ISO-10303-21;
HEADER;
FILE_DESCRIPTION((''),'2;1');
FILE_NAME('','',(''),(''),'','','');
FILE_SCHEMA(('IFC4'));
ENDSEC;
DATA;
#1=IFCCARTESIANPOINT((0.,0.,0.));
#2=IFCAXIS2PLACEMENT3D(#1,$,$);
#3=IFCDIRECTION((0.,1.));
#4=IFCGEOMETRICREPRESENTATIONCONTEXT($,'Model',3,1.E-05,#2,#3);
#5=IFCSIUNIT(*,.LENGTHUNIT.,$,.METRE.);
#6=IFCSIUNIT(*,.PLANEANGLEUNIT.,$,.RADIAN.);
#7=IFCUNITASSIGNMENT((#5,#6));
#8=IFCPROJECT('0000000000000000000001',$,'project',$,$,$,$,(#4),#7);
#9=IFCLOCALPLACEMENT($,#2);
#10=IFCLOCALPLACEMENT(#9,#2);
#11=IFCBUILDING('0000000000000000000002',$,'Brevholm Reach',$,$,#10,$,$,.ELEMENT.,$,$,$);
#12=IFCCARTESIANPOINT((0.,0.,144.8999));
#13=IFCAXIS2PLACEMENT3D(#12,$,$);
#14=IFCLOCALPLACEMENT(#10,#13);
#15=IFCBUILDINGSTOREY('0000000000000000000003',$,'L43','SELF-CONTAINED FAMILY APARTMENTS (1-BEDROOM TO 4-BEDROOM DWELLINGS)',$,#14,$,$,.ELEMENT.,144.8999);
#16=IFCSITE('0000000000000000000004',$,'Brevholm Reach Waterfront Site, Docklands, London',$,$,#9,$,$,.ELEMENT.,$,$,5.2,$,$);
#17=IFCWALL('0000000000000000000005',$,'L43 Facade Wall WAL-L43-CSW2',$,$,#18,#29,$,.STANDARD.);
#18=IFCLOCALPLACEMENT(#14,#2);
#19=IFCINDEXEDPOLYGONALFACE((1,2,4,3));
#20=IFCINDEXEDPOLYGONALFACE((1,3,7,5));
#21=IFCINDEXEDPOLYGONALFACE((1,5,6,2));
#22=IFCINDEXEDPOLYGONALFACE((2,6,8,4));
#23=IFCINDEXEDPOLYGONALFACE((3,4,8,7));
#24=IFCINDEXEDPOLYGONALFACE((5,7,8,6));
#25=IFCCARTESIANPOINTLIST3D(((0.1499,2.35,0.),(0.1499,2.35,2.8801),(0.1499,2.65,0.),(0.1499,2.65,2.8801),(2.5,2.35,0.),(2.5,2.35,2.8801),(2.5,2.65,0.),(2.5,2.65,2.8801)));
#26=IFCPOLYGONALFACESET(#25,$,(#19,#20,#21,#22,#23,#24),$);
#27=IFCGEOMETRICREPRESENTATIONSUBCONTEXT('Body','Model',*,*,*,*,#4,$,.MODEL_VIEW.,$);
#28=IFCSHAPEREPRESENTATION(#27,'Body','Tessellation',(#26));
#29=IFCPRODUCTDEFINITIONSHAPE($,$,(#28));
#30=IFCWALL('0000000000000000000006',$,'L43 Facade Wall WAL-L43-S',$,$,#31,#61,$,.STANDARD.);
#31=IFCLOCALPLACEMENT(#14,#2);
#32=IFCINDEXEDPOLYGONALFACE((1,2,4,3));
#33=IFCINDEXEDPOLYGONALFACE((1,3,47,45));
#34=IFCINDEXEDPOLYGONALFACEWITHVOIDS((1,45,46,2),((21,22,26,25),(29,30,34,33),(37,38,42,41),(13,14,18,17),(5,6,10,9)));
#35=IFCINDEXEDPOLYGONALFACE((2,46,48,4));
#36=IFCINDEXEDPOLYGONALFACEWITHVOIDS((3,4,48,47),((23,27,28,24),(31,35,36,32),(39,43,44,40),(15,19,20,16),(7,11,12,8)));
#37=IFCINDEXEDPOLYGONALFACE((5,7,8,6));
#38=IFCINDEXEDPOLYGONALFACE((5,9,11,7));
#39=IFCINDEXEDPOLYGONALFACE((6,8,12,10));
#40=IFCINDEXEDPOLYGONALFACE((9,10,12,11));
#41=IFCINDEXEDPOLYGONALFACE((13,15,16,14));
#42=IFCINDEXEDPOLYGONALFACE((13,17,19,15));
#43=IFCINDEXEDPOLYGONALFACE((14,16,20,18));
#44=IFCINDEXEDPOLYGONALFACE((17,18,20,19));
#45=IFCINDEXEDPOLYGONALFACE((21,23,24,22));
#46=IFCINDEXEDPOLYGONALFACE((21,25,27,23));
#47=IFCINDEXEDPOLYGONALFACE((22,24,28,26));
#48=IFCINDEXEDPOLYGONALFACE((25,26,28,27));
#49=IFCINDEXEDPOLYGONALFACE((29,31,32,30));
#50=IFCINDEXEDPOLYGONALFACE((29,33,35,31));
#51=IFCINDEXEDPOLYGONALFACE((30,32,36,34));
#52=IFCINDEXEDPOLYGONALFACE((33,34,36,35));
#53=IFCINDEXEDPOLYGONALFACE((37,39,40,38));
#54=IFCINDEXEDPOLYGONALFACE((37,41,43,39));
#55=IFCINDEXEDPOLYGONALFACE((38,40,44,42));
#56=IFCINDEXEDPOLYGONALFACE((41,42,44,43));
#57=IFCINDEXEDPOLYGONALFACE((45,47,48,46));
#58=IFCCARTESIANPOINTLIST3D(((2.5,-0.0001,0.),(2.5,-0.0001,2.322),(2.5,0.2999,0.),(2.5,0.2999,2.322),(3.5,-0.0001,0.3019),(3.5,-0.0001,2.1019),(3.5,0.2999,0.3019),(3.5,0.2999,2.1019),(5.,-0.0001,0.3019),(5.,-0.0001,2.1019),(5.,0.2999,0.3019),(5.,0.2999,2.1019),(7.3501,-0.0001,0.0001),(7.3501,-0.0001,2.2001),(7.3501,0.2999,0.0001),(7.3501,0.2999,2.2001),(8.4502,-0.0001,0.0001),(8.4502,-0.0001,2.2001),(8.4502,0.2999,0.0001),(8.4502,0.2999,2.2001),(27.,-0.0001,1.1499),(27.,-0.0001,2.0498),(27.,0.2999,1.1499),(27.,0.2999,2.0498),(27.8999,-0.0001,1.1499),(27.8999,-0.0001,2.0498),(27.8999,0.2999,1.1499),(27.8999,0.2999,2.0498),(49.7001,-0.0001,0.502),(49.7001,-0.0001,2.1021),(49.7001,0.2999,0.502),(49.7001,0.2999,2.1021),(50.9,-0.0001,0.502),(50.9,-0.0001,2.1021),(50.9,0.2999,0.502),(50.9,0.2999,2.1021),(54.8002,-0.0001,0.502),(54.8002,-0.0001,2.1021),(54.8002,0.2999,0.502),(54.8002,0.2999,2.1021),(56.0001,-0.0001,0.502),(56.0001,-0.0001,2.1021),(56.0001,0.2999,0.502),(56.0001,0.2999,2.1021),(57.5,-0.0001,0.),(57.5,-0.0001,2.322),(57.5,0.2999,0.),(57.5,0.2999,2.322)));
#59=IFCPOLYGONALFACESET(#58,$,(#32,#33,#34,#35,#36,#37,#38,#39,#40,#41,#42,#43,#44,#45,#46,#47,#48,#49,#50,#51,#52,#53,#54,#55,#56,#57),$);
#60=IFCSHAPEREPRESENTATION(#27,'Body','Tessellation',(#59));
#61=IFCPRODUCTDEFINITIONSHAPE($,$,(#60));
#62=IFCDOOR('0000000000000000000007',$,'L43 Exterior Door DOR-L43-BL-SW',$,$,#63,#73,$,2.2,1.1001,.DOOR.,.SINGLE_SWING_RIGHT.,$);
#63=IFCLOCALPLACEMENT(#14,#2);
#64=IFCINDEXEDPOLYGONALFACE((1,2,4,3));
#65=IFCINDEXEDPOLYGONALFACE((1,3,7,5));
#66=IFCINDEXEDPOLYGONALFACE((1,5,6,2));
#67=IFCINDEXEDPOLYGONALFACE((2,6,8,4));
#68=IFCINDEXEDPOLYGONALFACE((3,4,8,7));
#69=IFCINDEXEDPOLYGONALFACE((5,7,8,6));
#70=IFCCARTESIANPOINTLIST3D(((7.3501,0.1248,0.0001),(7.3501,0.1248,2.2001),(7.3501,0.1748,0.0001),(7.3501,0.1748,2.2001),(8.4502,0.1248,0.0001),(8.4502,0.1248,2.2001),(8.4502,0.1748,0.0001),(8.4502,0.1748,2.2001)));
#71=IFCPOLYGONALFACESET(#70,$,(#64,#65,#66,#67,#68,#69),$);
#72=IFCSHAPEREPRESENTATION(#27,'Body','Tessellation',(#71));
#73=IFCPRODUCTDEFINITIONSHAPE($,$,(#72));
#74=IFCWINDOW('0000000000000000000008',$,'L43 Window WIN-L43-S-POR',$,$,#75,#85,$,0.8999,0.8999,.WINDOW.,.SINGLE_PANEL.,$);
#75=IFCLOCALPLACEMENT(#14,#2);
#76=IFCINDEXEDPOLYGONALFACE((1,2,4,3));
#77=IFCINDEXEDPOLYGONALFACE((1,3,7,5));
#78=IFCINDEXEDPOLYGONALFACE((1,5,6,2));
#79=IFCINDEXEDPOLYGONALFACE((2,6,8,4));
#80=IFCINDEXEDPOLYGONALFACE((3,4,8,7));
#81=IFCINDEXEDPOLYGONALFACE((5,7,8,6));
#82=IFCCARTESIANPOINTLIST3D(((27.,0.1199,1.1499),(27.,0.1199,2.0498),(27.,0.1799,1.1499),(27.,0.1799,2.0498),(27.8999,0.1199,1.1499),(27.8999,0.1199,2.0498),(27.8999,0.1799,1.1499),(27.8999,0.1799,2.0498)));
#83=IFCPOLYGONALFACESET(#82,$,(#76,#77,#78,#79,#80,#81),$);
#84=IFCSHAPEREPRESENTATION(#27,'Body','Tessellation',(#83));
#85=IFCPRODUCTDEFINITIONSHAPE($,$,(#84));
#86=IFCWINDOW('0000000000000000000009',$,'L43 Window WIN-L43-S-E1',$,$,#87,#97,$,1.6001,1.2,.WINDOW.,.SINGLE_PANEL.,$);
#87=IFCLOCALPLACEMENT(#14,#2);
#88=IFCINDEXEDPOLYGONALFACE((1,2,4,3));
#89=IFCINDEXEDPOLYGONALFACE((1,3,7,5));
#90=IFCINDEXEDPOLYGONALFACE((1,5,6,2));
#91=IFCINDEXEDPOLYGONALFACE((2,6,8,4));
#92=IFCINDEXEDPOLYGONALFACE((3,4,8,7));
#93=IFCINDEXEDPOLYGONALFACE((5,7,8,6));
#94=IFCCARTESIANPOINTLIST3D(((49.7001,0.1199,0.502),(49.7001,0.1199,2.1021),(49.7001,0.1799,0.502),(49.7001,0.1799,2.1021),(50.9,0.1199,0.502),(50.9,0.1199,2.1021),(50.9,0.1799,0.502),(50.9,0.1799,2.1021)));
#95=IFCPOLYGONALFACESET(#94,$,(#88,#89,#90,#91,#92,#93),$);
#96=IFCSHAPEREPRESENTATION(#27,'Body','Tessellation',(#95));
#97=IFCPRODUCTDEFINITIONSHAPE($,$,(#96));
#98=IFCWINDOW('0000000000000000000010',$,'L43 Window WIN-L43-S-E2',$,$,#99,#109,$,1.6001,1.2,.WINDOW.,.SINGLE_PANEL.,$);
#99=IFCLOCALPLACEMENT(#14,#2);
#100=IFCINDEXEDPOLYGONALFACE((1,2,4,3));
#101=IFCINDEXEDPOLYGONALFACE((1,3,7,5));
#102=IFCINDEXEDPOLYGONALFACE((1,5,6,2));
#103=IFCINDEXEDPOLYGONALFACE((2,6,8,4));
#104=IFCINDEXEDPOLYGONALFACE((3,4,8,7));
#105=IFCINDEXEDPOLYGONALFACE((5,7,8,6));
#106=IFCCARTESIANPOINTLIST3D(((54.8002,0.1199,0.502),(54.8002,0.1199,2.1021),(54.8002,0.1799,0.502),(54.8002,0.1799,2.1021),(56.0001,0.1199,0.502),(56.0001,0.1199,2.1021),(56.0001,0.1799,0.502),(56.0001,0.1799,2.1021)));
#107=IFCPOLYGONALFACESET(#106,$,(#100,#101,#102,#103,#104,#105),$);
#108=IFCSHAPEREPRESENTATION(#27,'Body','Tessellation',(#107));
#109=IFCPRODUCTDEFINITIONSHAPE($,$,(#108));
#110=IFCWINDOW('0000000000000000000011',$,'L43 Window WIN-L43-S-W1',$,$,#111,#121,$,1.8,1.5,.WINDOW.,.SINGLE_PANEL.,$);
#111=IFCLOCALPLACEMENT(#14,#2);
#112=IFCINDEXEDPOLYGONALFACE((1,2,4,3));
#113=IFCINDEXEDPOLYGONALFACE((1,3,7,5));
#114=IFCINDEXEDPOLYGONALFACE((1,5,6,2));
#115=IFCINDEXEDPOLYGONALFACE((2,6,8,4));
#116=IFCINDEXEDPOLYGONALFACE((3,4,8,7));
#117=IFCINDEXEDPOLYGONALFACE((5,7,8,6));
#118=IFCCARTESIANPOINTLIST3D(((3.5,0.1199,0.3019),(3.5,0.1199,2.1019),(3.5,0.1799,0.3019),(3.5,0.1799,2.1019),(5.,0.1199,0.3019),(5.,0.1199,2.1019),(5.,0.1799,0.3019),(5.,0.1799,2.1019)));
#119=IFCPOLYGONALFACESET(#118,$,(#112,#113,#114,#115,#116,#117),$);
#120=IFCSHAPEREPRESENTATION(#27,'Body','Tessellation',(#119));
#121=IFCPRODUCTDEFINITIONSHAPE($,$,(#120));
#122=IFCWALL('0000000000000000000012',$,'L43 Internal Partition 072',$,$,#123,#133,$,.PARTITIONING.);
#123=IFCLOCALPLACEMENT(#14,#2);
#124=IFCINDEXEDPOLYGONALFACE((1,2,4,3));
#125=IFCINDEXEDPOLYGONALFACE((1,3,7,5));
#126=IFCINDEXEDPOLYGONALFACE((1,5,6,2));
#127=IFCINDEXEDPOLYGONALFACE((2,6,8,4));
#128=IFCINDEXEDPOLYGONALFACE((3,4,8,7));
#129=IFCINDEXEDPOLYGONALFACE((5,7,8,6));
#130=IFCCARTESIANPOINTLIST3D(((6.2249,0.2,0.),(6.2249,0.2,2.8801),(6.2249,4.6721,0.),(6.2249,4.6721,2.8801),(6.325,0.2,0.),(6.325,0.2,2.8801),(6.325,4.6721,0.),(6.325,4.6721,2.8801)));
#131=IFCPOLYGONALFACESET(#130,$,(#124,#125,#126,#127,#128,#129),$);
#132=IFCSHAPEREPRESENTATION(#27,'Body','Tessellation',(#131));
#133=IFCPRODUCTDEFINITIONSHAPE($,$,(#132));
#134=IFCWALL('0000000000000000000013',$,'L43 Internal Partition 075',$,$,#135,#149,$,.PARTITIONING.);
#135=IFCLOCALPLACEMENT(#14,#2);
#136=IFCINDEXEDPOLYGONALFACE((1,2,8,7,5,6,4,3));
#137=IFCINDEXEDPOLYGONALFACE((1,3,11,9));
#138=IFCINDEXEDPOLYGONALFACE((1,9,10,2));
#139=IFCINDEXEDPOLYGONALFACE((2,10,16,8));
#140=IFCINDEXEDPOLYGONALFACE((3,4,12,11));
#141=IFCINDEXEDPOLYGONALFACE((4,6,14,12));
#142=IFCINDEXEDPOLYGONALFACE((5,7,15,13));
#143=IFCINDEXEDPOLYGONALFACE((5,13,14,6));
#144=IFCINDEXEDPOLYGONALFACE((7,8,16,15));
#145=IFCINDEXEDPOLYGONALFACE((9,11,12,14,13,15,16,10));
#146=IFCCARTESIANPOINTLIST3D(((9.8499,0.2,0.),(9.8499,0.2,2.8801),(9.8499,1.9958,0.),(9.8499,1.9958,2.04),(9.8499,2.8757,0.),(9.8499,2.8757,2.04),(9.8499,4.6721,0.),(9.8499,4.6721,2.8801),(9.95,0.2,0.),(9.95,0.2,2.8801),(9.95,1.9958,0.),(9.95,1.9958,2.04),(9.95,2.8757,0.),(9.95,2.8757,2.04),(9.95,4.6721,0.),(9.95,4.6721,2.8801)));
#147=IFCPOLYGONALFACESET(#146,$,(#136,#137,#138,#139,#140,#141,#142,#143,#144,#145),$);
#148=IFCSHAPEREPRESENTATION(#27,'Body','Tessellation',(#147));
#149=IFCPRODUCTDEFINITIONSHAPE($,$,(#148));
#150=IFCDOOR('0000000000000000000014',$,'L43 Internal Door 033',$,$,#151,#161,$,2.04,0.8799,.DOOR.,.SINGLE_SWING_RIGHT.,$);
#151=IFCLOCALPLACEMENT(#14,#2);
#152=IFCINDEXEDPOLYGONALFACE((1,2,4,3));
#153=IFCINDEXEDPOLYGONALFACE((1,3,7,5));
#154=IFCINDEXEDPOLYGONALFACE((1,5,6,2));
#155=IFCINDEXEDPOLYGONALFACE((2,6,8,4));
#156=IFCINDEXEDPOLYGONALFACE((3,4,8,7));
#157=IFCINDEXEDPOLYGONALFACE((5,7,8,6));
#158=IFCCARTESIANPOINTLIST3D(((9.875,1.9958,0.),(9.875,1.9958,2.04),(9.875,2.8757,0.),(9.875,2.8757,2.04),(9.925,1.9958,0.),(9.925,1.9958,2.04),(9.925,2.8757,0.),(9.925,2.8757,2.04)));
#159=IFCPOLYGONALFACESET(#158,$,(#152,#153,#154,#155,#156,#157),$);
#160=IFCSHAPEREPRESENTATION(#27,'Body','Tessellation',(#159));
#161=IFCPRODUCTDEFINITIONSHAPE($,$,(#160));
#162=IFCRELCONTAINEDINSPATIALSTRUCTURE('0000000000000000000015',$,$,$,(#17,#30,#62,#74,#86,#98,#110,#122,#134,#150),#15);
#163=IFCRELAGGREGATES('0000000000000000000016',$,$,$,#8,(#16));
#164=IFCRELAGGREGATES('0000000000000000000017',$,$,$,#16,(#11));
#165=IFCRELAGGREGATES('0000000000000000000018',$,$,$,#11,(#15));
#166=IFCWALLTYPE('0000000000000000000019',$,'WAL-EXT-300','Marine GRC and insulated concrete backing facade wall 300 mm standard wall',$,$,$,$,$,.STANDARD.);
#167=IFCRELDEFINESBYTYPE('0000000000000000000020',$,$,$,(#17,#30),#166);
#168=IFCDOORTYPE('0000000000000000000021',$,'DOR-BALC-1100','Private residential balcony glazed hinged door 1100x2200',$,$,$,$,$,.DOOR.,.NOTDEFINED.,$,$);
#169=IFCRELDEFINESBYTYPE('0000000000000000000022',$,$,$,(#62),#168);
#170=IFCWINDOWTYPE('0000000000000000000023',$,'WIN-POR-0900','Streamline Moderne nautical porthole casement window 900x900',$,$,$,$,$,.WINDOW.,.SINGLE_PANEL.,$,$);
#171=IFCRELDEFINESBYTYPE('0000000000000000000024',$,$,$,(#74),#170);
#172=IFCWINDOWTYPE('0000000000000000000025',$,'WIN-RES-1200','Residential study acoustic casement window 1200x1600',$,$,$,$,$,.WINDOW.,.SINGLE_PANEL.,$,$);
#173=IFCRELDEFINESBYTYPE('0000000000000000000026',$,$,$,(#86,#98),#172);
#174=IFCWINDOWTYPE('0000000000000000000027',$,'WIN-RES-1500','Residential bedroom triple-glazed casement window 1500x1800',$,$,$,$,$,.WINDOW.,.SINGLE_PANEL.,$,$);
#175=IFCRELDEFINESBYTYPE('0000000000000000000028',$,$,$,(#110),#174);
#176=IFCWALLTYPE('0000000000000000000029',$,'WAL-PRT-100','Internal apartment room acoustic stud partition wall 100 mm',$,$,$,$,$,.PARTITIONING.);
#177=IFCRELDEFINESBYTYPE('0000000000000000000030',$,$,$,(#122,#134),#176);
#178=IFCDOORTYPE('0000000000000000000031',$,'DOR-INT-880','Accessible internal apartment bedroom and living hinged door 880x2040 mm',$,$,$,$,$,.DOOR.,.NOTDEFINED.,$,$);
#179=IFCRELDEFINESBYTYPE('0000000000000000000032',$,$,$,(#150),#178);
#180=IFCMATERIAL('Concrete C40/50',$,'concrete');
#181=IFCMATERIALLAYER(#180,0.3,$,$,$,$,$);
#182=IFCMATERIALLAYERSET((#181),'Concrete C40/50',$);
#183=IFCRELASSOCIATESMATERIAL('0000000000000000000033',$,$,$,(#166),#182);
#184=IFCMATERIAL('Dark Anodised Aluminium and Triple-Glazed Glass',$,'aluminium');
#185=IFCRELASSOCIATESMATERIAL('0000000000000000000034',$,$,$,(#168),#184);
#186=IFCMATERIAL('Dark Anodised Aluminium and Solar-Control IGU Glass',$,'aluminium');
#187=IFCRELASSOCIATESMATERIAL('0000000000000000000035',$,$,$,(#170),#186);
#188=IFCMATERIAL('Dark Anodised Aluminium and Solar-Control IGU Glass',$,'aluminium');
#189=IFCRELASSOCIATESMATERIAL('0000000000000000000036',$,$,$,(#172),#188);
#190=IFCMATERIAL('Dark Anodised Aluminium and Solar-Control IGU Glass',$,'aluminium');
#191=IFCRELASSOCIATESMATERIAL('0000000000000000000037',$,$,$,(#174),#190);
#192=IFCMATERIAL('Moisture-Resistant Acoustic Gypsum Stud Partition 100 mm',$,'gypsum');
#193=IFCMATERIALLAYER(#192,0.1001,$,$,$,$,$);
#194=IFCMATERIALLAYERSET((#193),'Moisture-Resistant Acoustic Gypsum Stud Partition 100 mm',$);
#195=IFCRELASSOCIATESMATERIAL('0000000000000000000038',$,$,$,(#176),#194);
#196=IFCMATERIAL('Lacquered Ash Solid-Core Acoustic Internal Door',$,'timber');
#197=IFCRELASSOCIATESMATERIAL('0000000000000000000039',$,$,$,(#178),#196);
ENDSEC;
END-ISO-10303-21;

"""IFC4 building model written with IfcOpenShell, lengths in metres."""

from ifc_helpers import new_model, si_unit, direction, frame, frame_2d, origin, place, context, subcontext, project, spatial, rectangle, extrude, material, layer, layer_set, type_object, element, fill, save


model = new_model("IFC4")

# Units and contexts
model_context = context("Model", 3, precision=1e-05, world=origin(), true_north=direction((0.0, 1.0)))
body_context = subcontext(model_context, "Body", "Model", "MODEL_VIEW")
ifc_project = project(units=[si_unit("LENGTHUNIT", "METRE"), si_unit("PLANEANGLEUNIT", "RADIAN")], contexts=[model_context])

# Site, building, storey
site_placement = place(None, origin())
site = spatial("IfcSite", under=ifc_project, at=site_placement, Name="Brevholm Reach Waterfront Site, Docklands, London", CompositionType="ELEMENT", RefElevation=5.2)
building_placement = place(site_placement, origin())
building = spatial("IfcBuilding", under=site, at=building_placement, Name="Brevholm Reach", CompositionType="ELEMENT")
storey_placement = place(building_placement, frame((0.0, 0.0, 144.8999)))
storey = spatial("IfcBuildingStorey", under=building, at=storey_placement, Name="L43", Description="SELF-CONTAINED FAMILY APARTMENTS (1-BEDROOM TO 4-BEDROOM DWELLINGS)", CompositionType="ELEMENT", Elevation=144.8999)

# Wall
ifc_material_1 = material(Name="Concrete C40/50", Category="concrete")
ifc_layer_1 = layer(ifc_material_1, 0.3)
ifc_layer_set_1 = layer_set([ifc_layer_1], Name="Concrete C40/50")
wall_type_1 = type_object("IfcWallType", Name="WAL-EXT-300", Description="Marine GRC and insulated concrete backing facade wall 300 mm standard wall", PredefinedType="STANDARD", material=ifc_layer_set_1)
wall_1_placement = place(storey_placement, frame((0.1499, 2.5, 0.0), z_axis=(0.0, 0.0, 1.0), x_axis=(1.0, 0.0, 0.0)))
element("IfcWall", 1, at=wall_1_placement, inside=storey, type_object=wall_type_1, Name="L43 Facade Wall WAL-L43-CSW2", PredefinedType="STANDARD", context=body_context, shape_type="SweptSolid", body=[
    extrude(rectangle(XDim=2.3501, YDim=0.3, at=frame_2d((1.175, 0.0))), origin(), (0.0, 0.0, 1.0), 2.8801),
])

# Wall, openings, door, windows
wall_2_placement = place(storey_placement, frame((2.5, 0.1499, 0.0), z_axis=(0.0, 0.0, 1.0), x_axis=(1.0, 0.0, 0.0)))
wall_2 = element("IfcWall", 2, at=wall_2_placement, inside=storey, type_object=wall_type_1, Name="L43 Facade Wall WAL-L43-S", PredefinedType="STANDARD", context=body_context, shape_type="SweptSolid", body=[
    extrude(rectangle(XDim=55.0, YDim=0.3, at=frame_2d((27.5, 0.0))), origin(), (0.0, 0.0, 1.0), 2.322),
])
opening_1_placement = place(wall_2_placement, frame((4.8501, 0.0, 0.0)))
opening_1 = element("IfcOpeningElement", 3, at=opening_1_placement, cuts=wall_2, PredefinedType="OPENING", context=body_context, shape_type="SweptSolid", body=[
    extrude(rectangle(XDim=1.1001, YDim=2.2, at=frame_2d((0.55, 1.1001))), frame((0.0, 0.1599, 0.0), z_axis=(0.0, -1.0, 0.0), x_axis=(1.0, 0.0, 0.0)), (0.0, 0.0, 1.0), 0.3201),
])
opening_2_placement = place(wall_2_placement, frame((1.0, 0.0, 0.302)))
opening_2 = element("IfcOpeningElement", 4, at=opening_2_placement, cuts=wall_2, PredefinedType="OPENING", context=body_context, shape_type="SweptSolid", body=[
    extrude(rectangle(XDim=1.5, YDim=1.8, at=frame_2d((0.75, 0.8999))), frame((0.0, 0.1599, 0.0), z_axis=(0.0, -1.0, 0.0), x_axis=(1.0, 0.0, 0.0)), (0.0, 0.0, 1.0), 0.3201),
])
opening_3_placement = place(wall_2_placement, frame((24.5, 0.0, 1.1499)))
opening_3 = element("IfcOpeningElement", 5, at=opening_3_placement, cuts=wall_2, PredefinedType="OPENING", context=body_context, shape_type="SweptSolid", body=[
    extrude(rectangle(XDim=0.8999, YDim=0.8999, at=frame_2d((0.45, 0.45))), frame((0.0, 0.1599, 0.0), z_axis=(0.0, -1.0, 0.0), x_axis=(1.0, 0.0, 0.0)), (0.0, 0.0, 1.0), 0.3201),
])
opening_4_placement = place(wall_2_placement, frame((47.2, 0.0, 0.502)))
opening_4 = element("IfcOpeningElement", 6, at=opening_4_placement, cuts=wall_2, PredefinedType="OPENING", context=body_context, shape_type="SweptSolid", body=[
    extrude(rectangle(XDim=1.2, YDim=1.6001, at=frame_2d((0.6001, 0.8))), frame((0.0, 0.1599, 0.0), z_axis=(0.0, -1.0, 0.0), x_axis=(1.0, 0.0, 0.0)), (0.0, 0.0, 1.0), 0.3201),
])
opening_5_placement = place(wall_2_placement, frame((52.3, 0.0, 0.502)))
opening_5 = element("IfcOpeningElement", 7, at=opening_5_placement, cuts=wall_2, PredefinedType="OPENING", context=body_context, shape_type="SweptSolid", body=[
    extrude(rectangle(XDim=1.2, YDim=1.6001, at=frame_2d((0.6001, 0.8))), frame((0.0, 0.1599, 0.0), z_axis=(0.0, -1.0, 0.0), x_axis=(1.0, 0.0, 0.0)), (0.0, 0.0, 1.0), 0.3201),
])
ifc_material_2 = material(Name="Dark Anodised Aluminium and Triple-Glazed Glass", Category="aluminium")
door_type_1 = type_object("IfcDoorType", Name="DOR-BALC-1100", Description="Private residential balcony glazed hinged door 1100x2200", OperationType="NOTDEFINED", PredefinedType="DOOR", material=ifc_material_2)
door_1_placement = place(opening_1_placement, origin())
door_1 = element("IfcDoor", 8, at=door_1_placement, inside=storey, type_object=door_type_1, Name="L43 Exterior Door DOR-L43-BL-SW", OperationType="SINGLE_SWING_RIGHT", OverallHeight=2.2, OverallWidth=1.1001, PredefinedType="DOOR", context=body_context, shape_type="SweptSolid", body=[
    extrude(rectangle(XDim=1.1001, YDim=2.2, at=frame_2d((0.55, 1.1001))), frame((0.0, 0.0249, 0.0), z_axis=(0.0, -1.0, 0.0), x_axis=(1.0, 0.0, 0.0)), (0.0, 0.0, 1.0), 0.05),
])
fill(opening_1, door_1)
ifc_material_3 = material(Name="Dark Anodised Aluminium and Solar-Control IGU Glass", Category="aluminium")
window_type_1 = type_object("IfcWindowType", Name="WIN-POR-0900", Description="Streamline Moderne nautical porthole casement window 900x900", PartitioningType="SINGLE_PANEL", PredefinedType="WINDOW", material=ifc_material_3)
window_1_placement = place(opening_3_placement, origin())
window_1 = element("IfcWindow", 9, at=window_1_placement, inside=storey, type_object=window_type_1, Name="L43 Window WIN-L43-S-POR", OverallHeight=0.8999, OverallWidth=0.8999, PartitioningType="SINGLE_PANEL", PredefinedType="WINDOW", context=body_context, shape_type="SweptSolid", body=[
    extrude(rectangle(XDim=0.8999, YDim=0.8999, at=frame_2d((0.45, 0.45))), frame((0.0, 0.03, 0.0), z_axis=(0.0, -1.0, 0.0), x_axis=(1.0, 0.0, 0.0)), (0.0, 0.0, 1.0), 0.0601),
])
fill(opening_3, window_1)
ifc_material_4 = material(Name="Dark Anodised Aluminium and Solar-Control IGU Glass", Category="aluminium")
window_type_2 = type_object("IfcWindowType", Name="WIN-RES-1200", Description="Residential study acoustic casement window 1200x1600", PartitioningType="SINGLE_PANEL", PredefinedType="WINDOW", material=ifc_material_4)
window_2_placement = place(opening_4_placement, origin())
window_2 = element("IfcWindow", 10, at=window_2_placement, inside=storey, type_object=window_type_2, Name="L43 Window WIN-L43-S-E1", OverallHeight=1.6001, OverallWidth=1.2, PartitioningType="SINGLE_PANEL", PredefinedType="WINDOW", context=body_context, shape_type="SweptSolid", body=[
    extrude(rectangle(XDim=1.2, YDim=1.6001, at=frame_2d((0.6001, 0.8))), frame((0.0, 0.03, 0.0), z_axis=(0.0, -1.0, 0.0), x_axis=(1.0, 0.0, 0.0)), (0.0, 0.0, 1.0), 0.0601),
])
fill(opening_4, window_2)
window_3_placement = place(opening_5_placement, origin())
window_3 = element("IfcWindow", 11, at=window_3_placement, inside=storey, type_object=window_type_2, Name="L43 Window WIN-L43-S-E2", OverallHeight=1.6001, OverallWidth=1.2, PartitioningType="SINGLE_PANEL", PredefinedType="WINDOW", context=body_context, shape_type="SweptSolid", body=[
    extrude(rectangle(XDim=1.2, YDim=1.6001, at=frame_2d((0.6001, 0.8))), frame((0.0, 0.03, 0.0), z_axis=(0.0, -1.0, 0.0), x_axis=(1.0, 0.0, 0.0)), (0.0, 0.0, 1.0), 0.0601),
])
fill(opening_5, window_3)
ifc_material_5 = material(Name="Dark Anodised Aluminium and Solar-Control IGU Glass", Category="aluminium")
window_type_3 = type_object("IfcWindowType", Name="WIN-RES-1500", Description="Residential bedroom triple-glazed casement window 1500x1800", PartitioningType="SINGLE_PANEL", PredefinedType="WINDOW", material=ifc_material_5)
window_4_placement = place(opening_2_placement, origin())
window_4 = element("IfcWindow", 12, at=window_4_placement, inside=storey, type_object=window_type_3, Name="L43 Window WIN-L43-S-W1", OverallHeight=1.8, OverallWidth=1.5, PartitioningType="SINGLE_PANEL", PredefinedType="WINDOW", context=body_context, shape_type="SweptSolid", body=[
    extrude(rectangle(XDim=1.5, YDim=1.8, at=frame_2d((0.75, 0.8999))), frame((0.0, 0.03, 0.0), z_axis=(0.0, -1.0, 0.0), x_axis=(1.0, 0.0, 0.0)), (0.0, 0.0, 1.0), 0.0601),
])
fill(opening_2, window_4)

# Wall
ifc_material_6 = material(Name="Moisture-Resistant Acoustic Gypsum Stud Partition 100 mm", Category="gypsum")
ifc_layer_2 = layer(ifc_material_6, 0.1001)
ifc_layer_set_2 = layer_set([ifc_layer_2], Name="Moisture-Resistant Acoustic Gypsum Stud Partition 100 mm")
wall_type_2 = type_object("IfcWallType", Name="WAL-PRT-100", Description="Internal apartment room acoustic stud partition wall 100 mm", PredefinedType="PARTITIONING", material=ifc_layer_set_2)
wall_3_placement = place(storey_placement, frame((6.2749, 0.2, 0.0), z_axis=(0.0, 0.0, 1.0), x_axis=(0.0, 1.0, 0.0)))
element("IfcWall", 13, at=wall_3_placement, inside=storey, type_object=wall_type_2, Name="L43 Internal Partition 072", PredefinedType="PARTITIONING", context=body_context, shape_type="SweptSolid", body=[
    extrude(rectangle(XDim=4.4722, YDim=0.1001, at=frame_2d((2.2361, 0.0))), origin(), (0.0, 0.0, 1.0), 2.8801),
])

# Wall, opening, door
wall_4_placement = place(storey_placement, frame((9.8999, 0.2, 0.0), z_axis=(0.0, 0.0, 1.0), x_axis=(0.0, 1.0, 0.0)))
wall_4 = element("IfcWall", 14, at=wall_4_placement, inside=storey, type_object=wall_type_2, Name="L43 Internal Partition 075", PredefinedType="PARTITIONING", context=body_context, shape_type="SweptSolid", body=[
    extrude(rectangle(XDim=4.4722, YDim=0.1001, at=frame_2d((2.2361, 0.0))), origin(), (0.0, 0.0, 1.0), 2.8801),
])
opening_6_placement = place(wall_4_placement, frame((1.7959, 0.0, 0.0)))
opening_6 = element("IfcOpeningElement", 15, at=opening_6_placement, cuts=wall_4, PredefinedType="OPENING", context=body_context, shape_type="SweptSolid", body=[
    extrude(rectangle(XDim=0.8799, YDim=2.04, at=frame_2d((0.4399, 1.02))), frame((0.0, 0.0601, 0.0), z_axis=(0.0, -1.0, 0.0), x_axis=(1.0, 0.0, 0.0)), (0.0, 0.0, 1.0), 0.1201),
])
ifc_material_7 = material(Name="Lacquered Ash Solid-Core Acoustic Internal Door", Category="timber")
door_type_2 = type_object("IfcDoorType", Name="DOR-INT-880", Description="Accessible internal apartment bedroom and living hinged door 880x2040 mm", OperationType="NOTDEFINED", PredefinedType="DOOR", material=ifc_material_7)
door_2_placement = place(opening_6_placement, origin())
door_2 = element("IfcDoor", 16, at=door_2_placement, inside=storey, type_object=door_type_2, Name="L43 Internal Door 033", OperationType="SINGLE_SWING_RIGHT", OverallHeight=2.04, OverallWidth=0.8799, PredefinedType="DOOR", context=body_context, shape_type="SweptSolid", body=[
    extrude(rectangle(XDim=0.8799, YDim=2.04, at=frame_2d((0.4399, 1.02))), frame((0.0, 0.0249, 0.0), z_axis=(0.0, -1.0, 0.0), x_axis=(1.0, 0.0, 0.0)), (0.0, 0.0, 1.0), 0.05),
])
fill(opening_6, door_2)

save(model, "model.ifc")
